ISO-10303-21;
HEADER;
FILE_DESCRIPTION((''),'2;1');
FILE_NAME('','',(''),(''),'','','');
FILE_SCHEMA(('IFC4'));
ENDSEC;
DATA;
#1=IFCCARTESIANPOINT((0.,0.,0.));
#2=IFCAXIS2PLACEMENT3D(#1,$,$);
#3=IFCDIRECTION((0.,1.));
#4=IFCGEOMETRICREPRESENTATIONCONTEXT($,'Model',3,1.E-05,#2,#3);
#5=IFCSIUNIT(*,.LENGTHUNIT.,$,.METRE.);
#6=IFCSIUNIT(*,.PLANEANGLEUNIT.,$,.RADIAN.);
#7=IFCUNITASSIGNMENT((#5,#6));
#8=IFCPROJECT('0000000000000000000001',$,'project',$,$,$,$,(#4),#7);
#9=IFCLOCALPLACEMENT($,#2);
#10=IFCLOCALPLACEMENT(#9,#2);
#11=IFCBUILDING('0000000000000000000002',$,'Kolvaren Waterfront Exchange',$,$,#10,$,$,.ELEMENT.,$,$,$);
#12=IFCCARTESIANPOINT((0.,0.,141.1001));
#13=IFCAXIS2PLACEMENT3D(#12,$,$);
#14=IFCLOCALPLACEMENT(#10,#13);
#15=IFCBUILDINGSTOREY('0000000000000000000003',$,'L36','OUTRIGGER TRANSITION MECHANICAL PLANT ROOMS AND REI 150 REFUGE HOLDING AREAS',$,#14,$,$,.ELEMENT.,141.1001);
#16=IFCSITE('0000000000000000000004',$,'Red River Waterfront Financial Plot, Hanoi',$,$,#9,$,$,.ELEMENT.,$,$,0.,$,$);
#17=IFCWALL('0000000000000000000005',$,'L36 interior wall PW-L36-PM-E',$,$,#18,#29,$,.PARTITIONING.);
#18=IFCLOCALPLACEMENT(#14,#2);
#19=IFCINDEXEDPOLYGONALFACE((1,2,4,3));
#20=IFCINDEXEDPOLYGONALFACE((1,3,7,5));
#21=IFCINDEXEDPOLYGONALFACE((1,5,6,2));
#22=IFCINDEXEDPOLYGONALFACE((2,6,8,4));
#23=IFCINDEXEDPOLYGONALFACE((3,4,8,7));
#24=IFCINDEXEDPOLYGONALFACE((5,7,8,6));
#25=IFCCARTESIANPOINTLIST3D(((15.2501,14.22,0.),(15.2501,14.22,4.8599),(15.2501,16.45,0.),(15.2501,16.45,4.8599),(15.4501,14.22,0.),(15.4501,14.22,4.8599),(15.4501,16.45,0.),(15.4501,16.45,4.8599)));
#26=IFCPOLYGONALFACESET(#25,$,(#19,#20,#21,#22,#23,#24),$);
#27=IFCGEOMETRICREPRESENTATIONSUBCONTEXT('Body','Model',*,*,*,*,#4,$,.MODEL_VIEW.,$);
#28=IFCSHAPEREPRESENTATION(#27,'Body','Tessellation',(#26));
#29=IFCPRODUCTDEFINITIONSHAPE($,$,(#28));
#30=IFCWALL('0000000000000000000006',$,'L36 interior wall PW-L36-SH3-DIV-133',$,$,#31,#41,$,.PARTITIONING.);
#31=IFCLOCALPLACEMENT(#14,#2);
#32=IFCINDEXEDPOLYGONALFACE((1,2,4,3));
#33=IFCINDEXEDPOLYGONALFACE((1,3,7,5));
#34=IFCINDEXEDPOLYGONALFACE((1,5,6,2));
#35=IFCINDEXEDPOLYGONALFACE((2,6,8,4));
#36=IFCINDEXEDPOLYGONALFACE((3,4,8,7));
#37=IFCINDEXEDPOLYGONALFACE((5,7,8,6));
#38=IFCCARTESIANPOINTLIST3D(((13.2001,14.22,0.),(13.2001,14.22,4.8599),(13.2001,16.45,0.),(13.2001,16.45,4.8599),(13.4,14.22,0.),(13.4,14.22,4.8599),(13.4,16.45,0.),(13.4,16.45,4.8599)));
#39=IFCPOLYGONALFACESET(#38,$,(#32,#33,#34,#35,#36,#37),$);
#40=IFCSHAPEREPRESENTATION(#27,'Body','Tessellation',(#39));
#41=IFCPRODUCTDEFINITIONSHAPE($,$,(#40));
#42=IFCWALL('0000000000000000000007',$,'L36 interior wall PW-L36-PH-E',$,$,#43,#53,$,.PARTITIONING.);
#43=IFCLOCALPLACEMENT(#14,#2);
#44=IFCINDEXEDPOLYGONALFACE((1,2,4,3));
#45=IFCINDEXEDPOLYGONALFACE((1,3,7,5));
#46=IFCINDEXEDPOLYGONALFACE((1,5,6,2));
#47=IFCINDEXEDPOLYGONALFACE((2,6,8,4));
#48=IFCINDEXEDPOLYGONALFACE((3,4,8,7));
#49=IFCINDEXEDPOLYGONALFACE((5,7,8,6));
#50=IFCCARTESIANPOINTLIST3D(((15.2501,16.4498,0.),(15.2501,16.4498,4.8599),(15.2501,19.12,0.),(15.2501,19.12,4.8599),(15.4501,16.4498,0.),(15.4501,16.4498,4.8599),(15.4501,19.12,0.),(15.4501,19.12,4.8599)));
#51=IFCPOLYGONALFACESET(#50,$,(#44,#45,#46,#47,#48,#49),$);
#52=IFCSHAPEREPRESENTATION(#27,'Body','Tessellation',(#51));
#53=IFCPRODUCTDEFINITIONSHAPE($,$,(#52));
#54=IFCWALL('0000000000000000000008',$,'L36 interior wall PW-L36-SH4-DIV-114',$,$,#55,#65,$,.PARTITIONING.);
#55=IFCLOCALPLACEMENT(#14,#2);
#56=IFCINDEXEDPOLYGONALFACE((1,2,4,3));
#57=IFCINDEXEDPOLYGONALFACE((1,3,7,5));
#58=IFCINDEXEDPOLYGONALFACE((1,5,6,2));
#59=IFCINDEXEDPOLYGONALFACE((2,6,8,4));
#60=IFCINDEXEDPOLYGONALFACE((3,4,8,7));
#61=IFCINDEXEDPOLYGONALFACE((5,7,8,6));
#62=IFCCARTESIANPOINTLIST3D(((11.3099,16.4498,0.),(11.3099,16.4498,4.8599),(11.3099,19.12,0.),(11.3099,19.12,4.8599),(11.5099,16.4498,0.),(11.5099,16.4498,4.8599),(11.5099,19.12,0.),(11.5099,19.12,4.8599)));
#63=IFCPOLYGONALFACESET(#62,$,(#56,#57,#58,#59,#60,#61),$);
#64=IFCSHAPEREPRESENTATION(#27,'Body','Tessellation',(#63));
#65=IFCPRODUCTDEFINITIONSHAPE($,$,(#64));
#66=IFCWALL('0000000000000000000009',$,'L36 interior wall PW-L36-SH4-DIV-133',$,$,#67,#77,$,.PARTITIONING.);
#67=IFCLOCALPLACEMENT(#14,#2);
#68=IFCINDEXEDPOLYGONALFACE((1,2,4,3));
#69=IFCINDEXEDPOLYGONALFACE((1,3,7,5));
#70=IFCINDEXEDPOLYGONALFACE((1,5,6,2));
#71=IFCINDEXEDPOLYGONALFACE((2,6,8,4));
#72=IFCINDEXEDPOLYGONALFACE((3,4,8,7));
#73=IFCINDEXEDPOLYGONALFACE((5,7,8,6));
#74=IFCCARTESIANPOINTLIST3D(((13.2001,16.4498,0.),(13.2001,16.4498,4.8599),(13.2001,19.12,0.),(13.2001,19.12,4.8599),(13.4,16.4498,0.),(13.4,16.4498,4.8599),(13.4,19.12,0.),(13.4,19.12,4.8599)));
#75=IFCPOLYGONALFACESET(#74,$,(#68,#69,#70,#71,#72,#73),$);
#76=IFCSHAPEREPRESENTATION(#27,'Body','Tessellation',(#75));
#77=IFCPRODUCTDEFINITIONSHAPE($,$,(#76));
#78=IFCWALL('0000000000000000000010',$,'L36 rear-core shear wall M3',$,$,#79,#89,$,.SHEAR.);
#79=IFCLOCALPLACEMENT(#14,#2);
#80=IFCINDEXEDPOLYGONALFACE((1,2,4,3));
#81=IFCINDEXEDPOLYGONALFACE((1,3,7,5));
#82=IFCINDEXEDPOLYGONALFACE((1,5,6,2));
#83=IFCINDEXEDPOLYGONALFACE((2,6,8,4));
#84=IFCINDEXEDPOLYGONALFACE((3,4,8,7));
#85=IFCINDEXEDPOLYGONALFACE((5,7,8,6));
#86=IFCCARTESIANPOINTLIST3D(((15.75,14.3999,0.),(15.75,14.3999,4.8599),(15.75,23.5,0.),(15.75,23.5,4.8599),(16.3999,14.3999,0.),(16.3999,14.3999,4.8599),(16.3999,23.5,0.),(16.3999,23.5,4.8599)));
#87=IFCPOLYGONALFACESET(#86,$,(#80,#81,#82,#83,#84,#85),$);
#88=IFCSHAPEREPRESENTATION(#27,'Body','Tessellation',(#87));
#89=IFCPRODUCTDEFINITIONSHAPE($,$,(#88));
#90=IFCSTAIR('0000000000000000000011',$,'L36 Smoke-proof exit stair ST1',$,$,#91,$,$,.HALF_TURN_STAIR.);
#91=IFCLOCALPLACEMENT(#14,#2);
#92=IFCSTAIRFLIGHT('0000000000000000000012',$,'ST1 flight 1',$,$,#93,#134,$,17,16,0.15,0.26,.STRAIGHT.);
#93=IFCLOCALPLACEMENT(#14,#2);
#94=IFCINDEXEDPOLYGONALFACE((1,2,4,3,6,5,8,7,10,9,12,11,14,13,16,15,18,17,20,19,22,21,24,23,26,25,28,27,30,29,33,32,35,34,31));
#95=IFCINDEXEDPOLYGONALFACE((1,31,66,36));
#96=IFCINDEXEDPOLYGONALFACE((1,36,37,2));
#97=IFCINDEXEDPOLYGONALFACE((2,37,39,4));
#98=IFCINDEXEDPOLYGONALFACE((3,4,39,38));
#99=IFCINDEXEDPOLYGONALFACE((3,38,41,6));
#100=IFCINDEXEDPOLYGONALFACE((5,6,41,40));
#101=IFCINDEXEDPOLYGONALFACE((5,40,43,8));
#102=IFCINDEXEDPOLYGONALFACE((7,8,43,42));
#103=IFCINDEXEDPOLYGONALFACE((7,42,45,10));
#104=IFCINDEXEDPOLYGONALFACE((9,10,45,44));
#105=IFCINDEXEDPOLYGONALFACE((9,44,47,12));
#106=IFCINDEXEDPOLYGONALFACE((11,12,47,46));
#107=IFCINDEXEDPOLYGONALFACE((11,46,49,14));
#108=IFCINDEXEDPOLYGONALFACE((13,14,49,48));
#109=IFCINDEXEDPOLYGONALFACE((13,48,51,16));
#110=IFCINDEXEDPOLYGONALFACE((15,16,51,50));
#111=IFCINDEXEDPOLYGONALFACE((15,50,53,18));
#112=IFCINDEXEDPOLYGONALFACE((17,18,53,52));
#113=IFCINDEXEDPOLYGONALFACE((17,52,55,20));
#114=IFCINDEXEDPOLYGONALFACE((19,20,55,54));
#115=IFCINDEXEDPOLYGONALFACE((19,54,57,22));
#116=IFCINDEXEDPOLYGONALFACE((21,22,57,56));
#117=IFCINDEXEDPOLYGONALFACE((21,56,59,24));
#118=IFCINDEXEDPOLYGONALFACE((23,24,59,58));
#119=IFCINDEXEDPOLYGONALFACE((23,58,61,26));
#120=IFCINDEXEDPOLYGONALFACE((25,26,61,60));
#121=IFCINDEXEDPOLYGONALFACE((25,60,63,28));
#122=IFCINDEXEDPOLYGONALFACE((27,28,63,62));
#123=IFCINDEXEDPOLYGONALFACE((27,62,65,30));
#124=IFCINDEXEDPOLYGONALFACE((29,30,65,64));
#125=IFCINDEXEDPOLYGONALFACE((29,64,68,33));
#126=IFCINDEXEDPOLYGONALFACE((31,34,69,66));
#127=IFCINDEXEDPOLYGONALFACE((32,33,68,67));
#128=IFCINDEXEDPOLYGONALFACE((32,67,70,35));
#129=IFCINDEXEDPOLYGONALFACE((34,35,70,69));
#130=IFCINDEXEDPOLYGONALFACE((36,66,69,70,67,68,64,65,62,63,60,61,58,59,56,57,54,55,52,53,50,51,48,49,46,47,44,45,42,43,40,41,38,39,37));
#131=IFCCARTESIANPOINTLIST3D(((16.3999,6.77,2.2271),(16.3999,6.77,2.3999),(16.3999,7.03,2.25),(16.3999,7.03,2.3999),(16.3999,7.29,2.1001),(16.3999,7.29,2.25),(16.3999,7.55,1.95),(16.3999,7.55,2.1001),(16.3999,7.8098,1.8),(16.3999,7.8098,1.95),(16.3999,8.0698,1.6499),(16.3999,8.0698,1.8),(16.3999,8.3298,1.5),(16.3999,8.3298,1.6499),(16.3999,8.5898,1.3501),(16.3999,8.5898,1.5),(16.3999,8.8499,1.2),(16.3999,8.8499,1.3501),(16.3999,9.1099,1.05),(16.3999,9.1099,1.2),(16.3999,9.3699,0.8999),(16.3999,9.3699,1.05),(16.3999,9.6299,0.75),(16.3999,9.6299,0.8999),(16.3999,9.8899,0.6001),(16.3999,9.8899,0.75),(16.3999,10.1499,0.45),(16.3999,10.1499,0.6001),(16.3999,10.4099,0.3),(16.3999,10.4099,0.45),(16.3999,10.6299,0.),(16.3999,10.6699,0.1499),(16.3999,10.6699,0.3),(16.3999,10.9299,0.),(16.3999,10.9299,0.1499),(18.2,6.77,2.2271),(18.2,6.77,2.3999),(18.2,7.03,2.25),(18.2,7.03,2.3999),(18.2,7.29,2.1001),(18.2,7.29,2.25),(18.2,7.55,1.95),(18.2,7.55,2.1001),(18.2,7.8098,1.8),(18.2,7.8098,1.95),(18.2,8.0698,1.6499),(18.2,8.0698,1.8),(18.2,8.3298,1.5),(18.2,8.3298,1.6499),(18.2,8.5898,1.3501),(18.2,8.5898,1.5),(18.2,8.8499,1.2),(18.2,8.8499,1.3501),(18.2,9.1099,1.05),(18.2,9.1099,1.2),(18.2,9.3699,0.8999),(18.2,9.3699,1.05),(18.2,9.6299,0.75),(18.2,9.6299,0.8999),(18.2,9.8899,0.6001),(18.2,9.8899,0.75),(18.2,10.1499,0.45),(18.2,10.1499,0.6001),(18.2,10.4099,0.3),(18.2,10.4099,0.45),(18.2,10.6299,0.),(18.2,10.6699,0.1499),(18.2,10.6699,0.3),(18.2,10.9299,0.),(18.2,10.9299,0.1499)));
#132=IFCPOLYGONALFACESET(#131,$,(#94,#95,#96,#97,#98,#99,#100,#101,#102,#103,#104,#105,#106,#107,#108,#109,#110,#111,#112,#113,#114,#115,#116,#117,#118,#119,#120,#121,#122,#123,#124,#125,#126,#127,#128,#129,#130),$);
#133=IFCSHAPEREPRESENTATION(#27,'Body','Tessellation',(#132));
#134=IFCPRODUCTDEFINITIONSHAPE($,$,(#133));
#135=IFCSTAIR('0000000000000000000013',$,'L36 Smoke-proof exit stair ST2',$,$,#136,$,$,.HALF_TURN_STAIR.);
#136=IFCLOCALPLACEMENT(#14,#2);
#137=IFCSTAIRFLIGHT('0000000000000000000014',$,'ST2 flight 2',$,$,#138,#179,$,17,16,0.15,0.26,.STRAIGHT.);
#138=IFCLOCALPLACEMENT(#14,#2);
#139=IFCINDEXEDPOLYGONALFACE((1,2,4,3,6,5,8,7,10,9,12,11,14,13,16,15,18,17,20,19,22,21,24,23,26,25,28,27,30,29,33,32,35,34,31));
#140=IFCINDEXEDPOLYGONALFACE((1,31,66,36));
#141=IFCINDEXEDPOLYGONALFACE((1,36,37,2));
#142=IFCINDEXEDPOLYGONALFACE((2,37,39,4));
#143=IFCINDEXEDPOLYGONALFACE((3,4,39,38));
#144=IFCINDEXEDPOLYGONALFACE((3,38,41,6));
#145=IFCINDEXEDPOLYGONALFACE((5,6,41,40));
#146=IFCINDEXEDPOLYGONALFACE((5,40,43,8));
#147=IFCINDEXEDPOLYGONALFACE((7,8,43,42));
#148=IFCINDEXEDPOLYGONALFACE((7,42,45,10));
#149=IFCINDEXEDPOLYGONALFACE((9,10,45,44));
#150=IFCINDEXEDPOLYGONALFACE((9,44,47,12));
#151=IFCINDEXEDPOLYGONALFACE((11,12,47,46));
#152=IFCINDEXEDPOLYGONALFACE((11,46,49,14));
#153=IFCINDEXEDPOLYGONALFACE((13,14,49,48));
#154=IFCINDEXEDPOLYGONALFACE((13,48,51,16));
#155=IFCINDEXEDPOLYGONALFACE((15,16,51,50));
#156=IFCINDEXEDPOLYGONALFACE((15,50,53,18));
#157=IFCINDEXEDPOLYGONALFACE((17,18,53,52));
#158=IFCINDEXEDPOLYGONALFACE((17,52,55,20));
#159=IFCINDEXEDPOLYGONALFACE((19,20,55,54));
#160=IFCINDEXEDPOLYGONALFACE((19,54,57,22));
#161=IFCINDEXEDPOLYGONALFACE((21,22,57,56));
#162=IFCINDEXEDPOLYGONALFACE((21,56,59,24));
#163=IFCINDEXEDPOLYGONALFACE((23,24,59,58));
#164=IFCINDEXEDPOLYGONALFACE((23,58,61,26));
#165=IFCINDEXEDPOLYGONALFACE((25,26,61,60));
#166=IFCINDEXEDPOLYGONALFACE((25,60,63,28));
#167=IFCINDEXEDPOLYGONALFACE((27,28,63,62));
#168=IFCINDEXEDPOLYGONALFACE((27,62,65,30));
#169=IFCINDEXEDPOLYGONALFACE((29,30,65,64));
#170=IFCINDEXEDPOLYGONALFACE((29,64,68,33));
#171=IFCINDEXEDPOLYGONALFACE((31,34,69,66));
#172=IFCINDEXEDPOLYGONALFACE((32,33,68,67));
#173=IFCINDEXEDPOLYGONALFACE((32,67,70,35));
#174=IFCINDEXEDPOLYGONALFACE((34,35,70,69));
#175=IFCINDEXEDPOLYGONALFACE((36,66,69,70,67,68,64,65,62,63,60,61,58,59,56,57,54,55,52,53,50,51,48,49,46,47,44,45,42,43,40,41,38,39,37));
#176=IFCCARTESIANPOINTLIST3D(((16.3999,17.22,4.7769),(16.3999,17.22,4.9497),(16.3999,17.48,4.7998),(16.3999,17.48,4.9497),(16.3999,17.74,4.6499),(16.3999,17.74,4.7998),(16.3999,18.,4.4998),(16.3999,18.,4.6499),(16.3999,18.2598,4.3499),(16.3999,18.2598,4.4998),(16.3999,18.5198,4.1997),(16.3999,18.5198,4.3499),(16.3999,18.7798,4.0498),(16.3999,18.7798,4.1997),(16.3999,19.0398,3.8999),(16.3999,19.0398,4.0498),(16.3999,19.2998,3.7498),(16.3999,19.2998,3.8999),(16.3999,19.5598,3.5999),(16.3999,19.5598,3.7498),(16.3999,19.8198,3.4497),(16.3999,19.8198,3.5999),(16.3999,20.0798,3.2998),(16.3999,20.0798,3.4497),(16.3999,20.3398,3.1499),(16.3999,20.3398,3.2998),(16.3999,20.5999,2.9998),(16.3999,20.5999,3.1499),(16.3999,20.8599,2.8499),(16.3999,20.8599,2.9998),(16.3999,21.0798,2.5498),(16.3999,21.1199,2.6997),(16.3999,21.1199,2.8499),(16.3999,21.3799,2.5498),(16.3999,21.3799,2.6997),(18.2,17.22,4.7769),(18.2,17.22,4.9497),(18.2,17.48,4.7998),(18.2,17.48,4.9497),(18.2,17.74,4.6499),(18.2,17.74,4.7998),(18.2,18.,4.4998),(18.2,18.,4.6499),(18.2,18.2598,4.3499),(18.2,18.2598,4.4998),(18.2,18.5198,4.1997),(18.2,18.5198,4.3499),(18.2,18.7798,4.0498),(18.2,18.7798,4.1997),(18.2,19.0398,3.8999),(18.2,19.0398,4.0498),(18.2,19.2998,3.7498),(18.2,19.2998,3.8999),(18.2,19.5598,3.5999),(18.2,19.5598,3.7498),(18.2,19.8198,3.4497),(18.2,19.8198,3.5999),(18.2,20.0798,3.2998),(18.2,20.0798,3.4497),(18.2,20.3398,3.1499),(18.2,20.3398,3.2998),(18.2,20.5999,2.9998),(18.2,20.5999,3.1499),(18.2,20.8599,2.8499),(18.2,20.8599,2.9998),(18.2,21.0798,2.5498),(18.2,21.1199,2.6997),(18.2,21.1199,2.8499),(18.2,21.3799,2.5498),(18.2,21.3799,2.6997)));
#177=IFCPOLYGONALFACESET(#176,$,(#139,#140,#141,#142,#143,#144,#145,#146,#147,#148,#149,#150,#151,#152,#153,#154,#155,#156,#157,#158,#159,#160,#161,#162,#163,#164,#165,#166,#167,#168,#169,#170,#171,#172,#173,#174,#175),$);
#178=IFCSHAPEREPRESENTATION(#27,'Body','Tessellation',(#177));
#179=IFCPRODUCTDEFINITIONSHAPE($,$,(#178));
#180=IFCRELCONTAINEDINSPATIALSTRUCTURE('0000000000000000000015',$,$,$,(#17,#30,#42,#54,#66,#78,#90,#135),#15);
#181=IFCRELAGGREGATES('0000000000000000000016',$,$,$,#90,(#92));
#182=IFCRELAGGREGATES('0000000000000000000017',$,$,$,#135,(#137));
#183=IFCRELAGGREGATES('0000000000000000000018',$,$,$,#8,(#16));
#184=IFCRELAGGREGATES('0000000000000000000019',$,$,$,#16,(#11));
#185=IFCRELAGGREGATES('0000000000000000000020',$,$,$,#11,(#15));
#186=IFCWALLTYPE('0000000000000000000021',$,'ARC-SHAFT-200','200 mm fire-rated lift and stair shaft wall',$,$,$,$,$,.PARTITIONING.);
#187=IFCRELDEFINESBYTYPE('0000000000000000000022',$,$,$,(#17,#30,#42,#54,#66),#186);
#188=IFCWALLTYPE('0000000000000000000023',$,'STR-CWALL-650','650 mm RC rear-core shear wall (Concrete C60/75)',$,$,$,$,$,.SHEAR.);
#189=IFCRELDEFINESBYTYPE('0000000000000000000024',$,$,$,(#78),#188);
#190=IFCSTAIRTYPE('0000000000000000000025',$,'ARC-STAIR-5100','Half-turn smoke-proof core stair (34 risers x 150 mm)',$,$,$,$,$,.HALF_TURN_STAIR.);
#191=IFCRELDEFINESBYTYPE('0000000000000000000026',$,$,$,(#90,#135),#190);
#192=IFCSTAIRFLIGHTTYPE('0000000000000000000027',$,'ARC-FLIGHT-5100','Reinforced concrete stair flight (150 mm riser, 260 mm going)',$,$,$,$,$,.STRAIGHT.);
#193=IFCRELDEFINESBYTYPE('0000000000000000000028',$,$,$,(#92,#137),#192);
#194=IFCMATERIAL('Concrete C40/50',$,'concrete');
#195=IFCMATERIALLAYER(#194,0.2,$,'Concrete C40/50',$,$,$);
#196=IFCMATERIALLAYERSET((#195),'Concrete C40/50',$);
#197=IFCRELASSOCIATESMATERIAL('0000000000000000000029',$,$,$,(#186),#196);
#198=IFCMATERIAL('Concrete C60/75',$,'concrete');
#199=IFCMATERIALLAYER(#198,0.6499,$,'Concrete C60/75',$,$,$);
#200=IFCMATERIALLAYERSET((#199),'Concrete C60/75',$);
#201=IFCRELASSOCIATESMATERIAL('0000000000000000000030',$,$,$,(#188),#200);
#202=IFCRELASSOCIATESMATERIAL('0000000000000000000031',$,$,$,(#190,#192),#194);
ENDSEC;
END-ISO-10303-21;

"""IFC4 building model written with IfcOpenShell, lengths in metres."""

from ifc_helpers import new_model, si_unit, direction, frame, frame_2d, origin, place, context, subcontext, project, spatial, polyline, rectangle, outline, extrude, material, layer, layer_set, type_object, element, aggregate, save


model = new_model("IFC4")

# Units and contexts
model_context = context("Model", 3, precision=1e-05, world=origin(), true_north=direction((0.0, 1.0)))
body_context = subcontext(model_context, "Body", "Model", "MODEL_VIEW")
ifc_project = project(units=[si_unit("LENGTHUNIT", "METRE"), si_unit("PLANEANGLEUNIT", "RADIAN")], contexts=[model_context])

# Site, building, storey
site_placement = place(None, origin())
site = spatial("IfcSite", under=ifc_project, at=site_placement, Name="Red River Waterfront Financial Plot, Hanoi", CompositionType="ELEMENT", RefElevation=0.0)
building_placement = place(site_placement, origin())
building = spatial("IfcBuilding", under=site, at=building_placement, Name="Kolvaren Waterfront Exchange", CompositionType="ELEMENT")
storey_placement = place(building_placement, frame((0.0, 0.0, 141.1001)))
storey = spatial("IfcBuildingStorey", under=building, at=storey_placement, Name="L36", Description="OUTRIGGER TRANSITION MECHANICAL PLANT ROOMS AND REI 150 REFUGE HOLDING AREAS", CompositionType="ELEMENT", Elevation=141.1001)

# Walls
ifc_material_1 = material(Name="Concrete C40/50", Category="concrete")
ifc_layer_1 = layer(ifc_material_1, 0.2, Name="Concrete C40/50")
ifc_layer_set_1 = layer_set([ifc_layer_1], Name="Concrete C40/50")
wall_type_1 = type_object("IfcWallType", Name="ARC-SHAFT-200", Description="200 mm fire-rated lift and stair shaft wall", PredefinedType="PARTITIONING", material=ifc_layer_set_1)
for number, where, z_axis, x_axis, name in (
    (1, (15.3501, 14.22, 0.0), (0.0, 0.0, 1.0), (0.0, 1.0, 0.0), "L36 interior wall PW-L36-PM-E"),
    (2, (13.3, 14.22, 0.0), (0.0, 0.0, 1.0), (0.0, 1.0, 0.0), "L36 interior wall PW-L36-SH3-DIV-133"),
):
    element("IfcWall", number, at=place(storey_placement, frame(where, z_axis=z_axis, x_axis=x_axis)), inside=storey, type_object=wall_type_1, Name=name, PredefinedType="PARTITIONING", context=body_context, shape_type="SweptSolid", body=[
        extrude(rectangle(XDim=2.23, YDim=0.2, at=frame_2d((1.115, 0.0))), origin(), (0.0, 0.0, 1.0), 4.8599),
    ])
for number, where, z_axis, x_axis, name in (
    (3, (15.3501, 16.45, 0.0), (0.0, 0.0, 1.0), (0.0, 1.0, 0.0), "L36 interior wall PW-L36-PH-E"),
    (4, (11.4099, 16.45, 0.0), (0.0, 0.0, 1.0), (0.0, 1.0, 0.0), "L36 interior wall PW-L36-SH4-DIV-114"),
    (5, (13.3, 16.45, 0.0), (0.0, 0.0, 1.0), (0.0, 1.0, 0.0), "L36 interior wall PW-L36-SH4-DIV-133"),
):
    element("IfcWall", number, at=place(storey_placement, frame(where, z_axis=z_axis, x_axis=x_axis)), inside=storey, type_object=wall_type_1, Name=name, PredefinedType="PARTITIONING", context=body_context, shape_type="SweptSolid", body=[
        extrude(rectangle(XDim=2.6702, YDim=0.2, at=frame_2d((1.335, 0.0))), origin(), (0.0, 0.0, 1.0), 4.8599),
    ])
ifc_material_2 = material(Name="Concrete C60/75", Category="concrete")
ifc_layer_2 = layer(ifc_material_2, 0.6499, Name="Concrete C60/75")
ifc_layer_set_2 = layer_set([ifc_layer_2], Name="Concrete C60/75")
wall_type_2 = type_object("IfcWallType", Name="STR-CWALL-650", Description="650 mm RC rear-core shear wall (Concrete C60/75)", PredefinedType="SHEAR", material=ifc_layer_set_2)
wall_1_placement = place(storey_placement, frame((16.075, 14.3999, 0.0), z_axis=(0.0, 0.0, 1.0), x_axis=(0.0, 1.0, 0.0)))
element("IfcWall", 6, at=wall_1_placement, inside=storey, type_object=wall_type_2, Name="L36 rear-core shear wall M3", PredefinedType="SHEAR", context=body_context, shape_type="SweptSolid", body=[
    extrude(rectangle(XDim=9.1001, YDim=0.6499, at=frame_2d((4.55, 0.0))), origin(), (0.0, 0.0, 1.0), 4.8599),
])

# Stairs, stair flights
stair_type = type_object("IfcStairType", Name="ARC-STAIR-5100", Description="Half-turn smoke-proof core stair (34 risers x 150 mm)", PredefinedType="HALF_TURN_STAIR", material=ifc_material_1)
stair_1_placement = place(storey_placement, origin())
stair_1 = element("IfcStair", 7, at=stair_1_placement, inside=storey, type_object=stair_type, Name="L36 Smoke-proof exit stair ST1", PredefinedType="HALF_TURN_STAIR")
stair_flight_type = type_object("IfcStairFlightType", Name="ARC-FLIGHT-5100", Description="Reinforced concrete stair flight (150 mm riser, 260 mm going)", PredefinedType="STRAIGHT", material=ifc_material_1)
stair_flight_1_placement = place(storey_placement, frame((17.3, 10.9299, 0.0), z_axis=(0.0, 0.0, 1.0), x_axis=(0.0, -1.0, 0.0)))
stair_flight_1 = element("IfcStairFlight", 8, at=stair_flight_1_placement, type_object=stair_flight_type, Name="ST1 flight 1", NumberOfRisers=17, NumberOfTreads=16, PredefinedType="STRAIGHT", RiserHeight=0.15, TreadLength=0.26, context=body_context, shape_type="SweptSolid", body=[
    extrude(outline(polyline([(0.0, 0.0), (0.0, 0.1499), (0.26, 0.1499), (0.26, 0.3), (0.52, 0.3), (0.52, 0.45), (0.78, 0.45), (0.78, 0.6001), (1.04, 0.6001), (1.04, 0.75), (1.3, 0.75), (1.3, 0.8999), (1.5601, 0.8999), (1.5601, 1.05), (1.8201, 1.05), (1.8201, 1.2), (2.0801, 1.2), (2.0801, 1.3501), (2.3401, 1.3501), (2.3401, 1.5), (2.6001, 1.5), (2.6001, 1.6499), (2.8601, 1.6499), (2.8601, 1.8), (3.1201, 1.8), (3.1201, 1.95), (3.3799, 1.95), (3.3799, 2.1001), (3.6399, 2.1001), (3.6399, 2.25), (3.8999, 2.25), (3.8999, 2.3999), (4.1599, 2.3999), (4.1599, 2.55), (4.1599, 2.2271), (0.3, 0.0), (0.0, 0.0)])), frame((0.0, 0.8999, 0.0), z_axis=(0.0, -1.0, 0.0), x_axis=(1.0, 0.0, 0.0)), (0.0, 0.0, 1.0), 1.8),
])
aggregate(stair_1, [stair_flight_1])
stair_2_placement = place(storey_placement, origin())
stair_2 = element("IfcStair", 9, at=stair_2_placement, inside=storey, type_object=stair_type, Name="L36 Smoke-proof exit stair ST2", PredefinedType="HALF_TURN_STAIR")
stair_flight_2_placement = place(storey_placement, frame((17.3, 21.3799, 2.5498), z_axis=(0.0, 0.0, 1.0), x_axis=(0.0, -1.0, 0.0)))
stair_flight_2 = element("IfcStairFlight", 10, at=stair_flight_2_placement, type_object=stair_flight_type, Name="ST2 flight 2", NumberOfRisers=17, NumberOfTreads=16, PredefinedType="STRAIGHT", RiserHeight=0.15, TreadLength=0.26, context=body_context, shape_type="SweptSolid", body=[
    extrude(outline(polyline([(0.0, 0.0), (0.0, 0.1499), (0.26, 0.1499), (0.26, 0.3), (0.52, 0.3), (0.52, 0.45), (0.78, 0.45), (0.78, 0.6001), (1.04, 0.6001), (1.04, 0.75), (1.3, 0.75), (1.3, 0.8999), (1.5601, 0.8999), (1.5601, 1.05), (1.8201, 1.05), (1.8201, 1.2), (2.0801, 1.2), (2.0801, 1.3501), (2.3401, 1.3501), (2.3401, 1.5), (2.6001, 1.5), (2.6001, 1.6499), (2.8601, 1.6499), (2.8601, 1.8), (3.1201, 1.8), (3.1201, 1.95), (3.3799, 1.95), (3.3799, 2.1001), (3.6399, 2.1001), (3.6399, 2.25), (3.8999, 2.25), (3.8999, 2.3999), (4.1599, 2.3999), (4.1599, 2.55), (4.1599, 2.2271), (0.3, 0.0), (0.0, 0.0)])), frame((0.0, 0.8999, 0.0), z_axis=(0.0, -1.0, 0.0), x_axis=(1.0, 0.0, 0.0)), (0.0, 0.0, 1.0), 1.8),
])
aggregate(stair_2, [stair_flight_2])

save(model, "model.ifc")
